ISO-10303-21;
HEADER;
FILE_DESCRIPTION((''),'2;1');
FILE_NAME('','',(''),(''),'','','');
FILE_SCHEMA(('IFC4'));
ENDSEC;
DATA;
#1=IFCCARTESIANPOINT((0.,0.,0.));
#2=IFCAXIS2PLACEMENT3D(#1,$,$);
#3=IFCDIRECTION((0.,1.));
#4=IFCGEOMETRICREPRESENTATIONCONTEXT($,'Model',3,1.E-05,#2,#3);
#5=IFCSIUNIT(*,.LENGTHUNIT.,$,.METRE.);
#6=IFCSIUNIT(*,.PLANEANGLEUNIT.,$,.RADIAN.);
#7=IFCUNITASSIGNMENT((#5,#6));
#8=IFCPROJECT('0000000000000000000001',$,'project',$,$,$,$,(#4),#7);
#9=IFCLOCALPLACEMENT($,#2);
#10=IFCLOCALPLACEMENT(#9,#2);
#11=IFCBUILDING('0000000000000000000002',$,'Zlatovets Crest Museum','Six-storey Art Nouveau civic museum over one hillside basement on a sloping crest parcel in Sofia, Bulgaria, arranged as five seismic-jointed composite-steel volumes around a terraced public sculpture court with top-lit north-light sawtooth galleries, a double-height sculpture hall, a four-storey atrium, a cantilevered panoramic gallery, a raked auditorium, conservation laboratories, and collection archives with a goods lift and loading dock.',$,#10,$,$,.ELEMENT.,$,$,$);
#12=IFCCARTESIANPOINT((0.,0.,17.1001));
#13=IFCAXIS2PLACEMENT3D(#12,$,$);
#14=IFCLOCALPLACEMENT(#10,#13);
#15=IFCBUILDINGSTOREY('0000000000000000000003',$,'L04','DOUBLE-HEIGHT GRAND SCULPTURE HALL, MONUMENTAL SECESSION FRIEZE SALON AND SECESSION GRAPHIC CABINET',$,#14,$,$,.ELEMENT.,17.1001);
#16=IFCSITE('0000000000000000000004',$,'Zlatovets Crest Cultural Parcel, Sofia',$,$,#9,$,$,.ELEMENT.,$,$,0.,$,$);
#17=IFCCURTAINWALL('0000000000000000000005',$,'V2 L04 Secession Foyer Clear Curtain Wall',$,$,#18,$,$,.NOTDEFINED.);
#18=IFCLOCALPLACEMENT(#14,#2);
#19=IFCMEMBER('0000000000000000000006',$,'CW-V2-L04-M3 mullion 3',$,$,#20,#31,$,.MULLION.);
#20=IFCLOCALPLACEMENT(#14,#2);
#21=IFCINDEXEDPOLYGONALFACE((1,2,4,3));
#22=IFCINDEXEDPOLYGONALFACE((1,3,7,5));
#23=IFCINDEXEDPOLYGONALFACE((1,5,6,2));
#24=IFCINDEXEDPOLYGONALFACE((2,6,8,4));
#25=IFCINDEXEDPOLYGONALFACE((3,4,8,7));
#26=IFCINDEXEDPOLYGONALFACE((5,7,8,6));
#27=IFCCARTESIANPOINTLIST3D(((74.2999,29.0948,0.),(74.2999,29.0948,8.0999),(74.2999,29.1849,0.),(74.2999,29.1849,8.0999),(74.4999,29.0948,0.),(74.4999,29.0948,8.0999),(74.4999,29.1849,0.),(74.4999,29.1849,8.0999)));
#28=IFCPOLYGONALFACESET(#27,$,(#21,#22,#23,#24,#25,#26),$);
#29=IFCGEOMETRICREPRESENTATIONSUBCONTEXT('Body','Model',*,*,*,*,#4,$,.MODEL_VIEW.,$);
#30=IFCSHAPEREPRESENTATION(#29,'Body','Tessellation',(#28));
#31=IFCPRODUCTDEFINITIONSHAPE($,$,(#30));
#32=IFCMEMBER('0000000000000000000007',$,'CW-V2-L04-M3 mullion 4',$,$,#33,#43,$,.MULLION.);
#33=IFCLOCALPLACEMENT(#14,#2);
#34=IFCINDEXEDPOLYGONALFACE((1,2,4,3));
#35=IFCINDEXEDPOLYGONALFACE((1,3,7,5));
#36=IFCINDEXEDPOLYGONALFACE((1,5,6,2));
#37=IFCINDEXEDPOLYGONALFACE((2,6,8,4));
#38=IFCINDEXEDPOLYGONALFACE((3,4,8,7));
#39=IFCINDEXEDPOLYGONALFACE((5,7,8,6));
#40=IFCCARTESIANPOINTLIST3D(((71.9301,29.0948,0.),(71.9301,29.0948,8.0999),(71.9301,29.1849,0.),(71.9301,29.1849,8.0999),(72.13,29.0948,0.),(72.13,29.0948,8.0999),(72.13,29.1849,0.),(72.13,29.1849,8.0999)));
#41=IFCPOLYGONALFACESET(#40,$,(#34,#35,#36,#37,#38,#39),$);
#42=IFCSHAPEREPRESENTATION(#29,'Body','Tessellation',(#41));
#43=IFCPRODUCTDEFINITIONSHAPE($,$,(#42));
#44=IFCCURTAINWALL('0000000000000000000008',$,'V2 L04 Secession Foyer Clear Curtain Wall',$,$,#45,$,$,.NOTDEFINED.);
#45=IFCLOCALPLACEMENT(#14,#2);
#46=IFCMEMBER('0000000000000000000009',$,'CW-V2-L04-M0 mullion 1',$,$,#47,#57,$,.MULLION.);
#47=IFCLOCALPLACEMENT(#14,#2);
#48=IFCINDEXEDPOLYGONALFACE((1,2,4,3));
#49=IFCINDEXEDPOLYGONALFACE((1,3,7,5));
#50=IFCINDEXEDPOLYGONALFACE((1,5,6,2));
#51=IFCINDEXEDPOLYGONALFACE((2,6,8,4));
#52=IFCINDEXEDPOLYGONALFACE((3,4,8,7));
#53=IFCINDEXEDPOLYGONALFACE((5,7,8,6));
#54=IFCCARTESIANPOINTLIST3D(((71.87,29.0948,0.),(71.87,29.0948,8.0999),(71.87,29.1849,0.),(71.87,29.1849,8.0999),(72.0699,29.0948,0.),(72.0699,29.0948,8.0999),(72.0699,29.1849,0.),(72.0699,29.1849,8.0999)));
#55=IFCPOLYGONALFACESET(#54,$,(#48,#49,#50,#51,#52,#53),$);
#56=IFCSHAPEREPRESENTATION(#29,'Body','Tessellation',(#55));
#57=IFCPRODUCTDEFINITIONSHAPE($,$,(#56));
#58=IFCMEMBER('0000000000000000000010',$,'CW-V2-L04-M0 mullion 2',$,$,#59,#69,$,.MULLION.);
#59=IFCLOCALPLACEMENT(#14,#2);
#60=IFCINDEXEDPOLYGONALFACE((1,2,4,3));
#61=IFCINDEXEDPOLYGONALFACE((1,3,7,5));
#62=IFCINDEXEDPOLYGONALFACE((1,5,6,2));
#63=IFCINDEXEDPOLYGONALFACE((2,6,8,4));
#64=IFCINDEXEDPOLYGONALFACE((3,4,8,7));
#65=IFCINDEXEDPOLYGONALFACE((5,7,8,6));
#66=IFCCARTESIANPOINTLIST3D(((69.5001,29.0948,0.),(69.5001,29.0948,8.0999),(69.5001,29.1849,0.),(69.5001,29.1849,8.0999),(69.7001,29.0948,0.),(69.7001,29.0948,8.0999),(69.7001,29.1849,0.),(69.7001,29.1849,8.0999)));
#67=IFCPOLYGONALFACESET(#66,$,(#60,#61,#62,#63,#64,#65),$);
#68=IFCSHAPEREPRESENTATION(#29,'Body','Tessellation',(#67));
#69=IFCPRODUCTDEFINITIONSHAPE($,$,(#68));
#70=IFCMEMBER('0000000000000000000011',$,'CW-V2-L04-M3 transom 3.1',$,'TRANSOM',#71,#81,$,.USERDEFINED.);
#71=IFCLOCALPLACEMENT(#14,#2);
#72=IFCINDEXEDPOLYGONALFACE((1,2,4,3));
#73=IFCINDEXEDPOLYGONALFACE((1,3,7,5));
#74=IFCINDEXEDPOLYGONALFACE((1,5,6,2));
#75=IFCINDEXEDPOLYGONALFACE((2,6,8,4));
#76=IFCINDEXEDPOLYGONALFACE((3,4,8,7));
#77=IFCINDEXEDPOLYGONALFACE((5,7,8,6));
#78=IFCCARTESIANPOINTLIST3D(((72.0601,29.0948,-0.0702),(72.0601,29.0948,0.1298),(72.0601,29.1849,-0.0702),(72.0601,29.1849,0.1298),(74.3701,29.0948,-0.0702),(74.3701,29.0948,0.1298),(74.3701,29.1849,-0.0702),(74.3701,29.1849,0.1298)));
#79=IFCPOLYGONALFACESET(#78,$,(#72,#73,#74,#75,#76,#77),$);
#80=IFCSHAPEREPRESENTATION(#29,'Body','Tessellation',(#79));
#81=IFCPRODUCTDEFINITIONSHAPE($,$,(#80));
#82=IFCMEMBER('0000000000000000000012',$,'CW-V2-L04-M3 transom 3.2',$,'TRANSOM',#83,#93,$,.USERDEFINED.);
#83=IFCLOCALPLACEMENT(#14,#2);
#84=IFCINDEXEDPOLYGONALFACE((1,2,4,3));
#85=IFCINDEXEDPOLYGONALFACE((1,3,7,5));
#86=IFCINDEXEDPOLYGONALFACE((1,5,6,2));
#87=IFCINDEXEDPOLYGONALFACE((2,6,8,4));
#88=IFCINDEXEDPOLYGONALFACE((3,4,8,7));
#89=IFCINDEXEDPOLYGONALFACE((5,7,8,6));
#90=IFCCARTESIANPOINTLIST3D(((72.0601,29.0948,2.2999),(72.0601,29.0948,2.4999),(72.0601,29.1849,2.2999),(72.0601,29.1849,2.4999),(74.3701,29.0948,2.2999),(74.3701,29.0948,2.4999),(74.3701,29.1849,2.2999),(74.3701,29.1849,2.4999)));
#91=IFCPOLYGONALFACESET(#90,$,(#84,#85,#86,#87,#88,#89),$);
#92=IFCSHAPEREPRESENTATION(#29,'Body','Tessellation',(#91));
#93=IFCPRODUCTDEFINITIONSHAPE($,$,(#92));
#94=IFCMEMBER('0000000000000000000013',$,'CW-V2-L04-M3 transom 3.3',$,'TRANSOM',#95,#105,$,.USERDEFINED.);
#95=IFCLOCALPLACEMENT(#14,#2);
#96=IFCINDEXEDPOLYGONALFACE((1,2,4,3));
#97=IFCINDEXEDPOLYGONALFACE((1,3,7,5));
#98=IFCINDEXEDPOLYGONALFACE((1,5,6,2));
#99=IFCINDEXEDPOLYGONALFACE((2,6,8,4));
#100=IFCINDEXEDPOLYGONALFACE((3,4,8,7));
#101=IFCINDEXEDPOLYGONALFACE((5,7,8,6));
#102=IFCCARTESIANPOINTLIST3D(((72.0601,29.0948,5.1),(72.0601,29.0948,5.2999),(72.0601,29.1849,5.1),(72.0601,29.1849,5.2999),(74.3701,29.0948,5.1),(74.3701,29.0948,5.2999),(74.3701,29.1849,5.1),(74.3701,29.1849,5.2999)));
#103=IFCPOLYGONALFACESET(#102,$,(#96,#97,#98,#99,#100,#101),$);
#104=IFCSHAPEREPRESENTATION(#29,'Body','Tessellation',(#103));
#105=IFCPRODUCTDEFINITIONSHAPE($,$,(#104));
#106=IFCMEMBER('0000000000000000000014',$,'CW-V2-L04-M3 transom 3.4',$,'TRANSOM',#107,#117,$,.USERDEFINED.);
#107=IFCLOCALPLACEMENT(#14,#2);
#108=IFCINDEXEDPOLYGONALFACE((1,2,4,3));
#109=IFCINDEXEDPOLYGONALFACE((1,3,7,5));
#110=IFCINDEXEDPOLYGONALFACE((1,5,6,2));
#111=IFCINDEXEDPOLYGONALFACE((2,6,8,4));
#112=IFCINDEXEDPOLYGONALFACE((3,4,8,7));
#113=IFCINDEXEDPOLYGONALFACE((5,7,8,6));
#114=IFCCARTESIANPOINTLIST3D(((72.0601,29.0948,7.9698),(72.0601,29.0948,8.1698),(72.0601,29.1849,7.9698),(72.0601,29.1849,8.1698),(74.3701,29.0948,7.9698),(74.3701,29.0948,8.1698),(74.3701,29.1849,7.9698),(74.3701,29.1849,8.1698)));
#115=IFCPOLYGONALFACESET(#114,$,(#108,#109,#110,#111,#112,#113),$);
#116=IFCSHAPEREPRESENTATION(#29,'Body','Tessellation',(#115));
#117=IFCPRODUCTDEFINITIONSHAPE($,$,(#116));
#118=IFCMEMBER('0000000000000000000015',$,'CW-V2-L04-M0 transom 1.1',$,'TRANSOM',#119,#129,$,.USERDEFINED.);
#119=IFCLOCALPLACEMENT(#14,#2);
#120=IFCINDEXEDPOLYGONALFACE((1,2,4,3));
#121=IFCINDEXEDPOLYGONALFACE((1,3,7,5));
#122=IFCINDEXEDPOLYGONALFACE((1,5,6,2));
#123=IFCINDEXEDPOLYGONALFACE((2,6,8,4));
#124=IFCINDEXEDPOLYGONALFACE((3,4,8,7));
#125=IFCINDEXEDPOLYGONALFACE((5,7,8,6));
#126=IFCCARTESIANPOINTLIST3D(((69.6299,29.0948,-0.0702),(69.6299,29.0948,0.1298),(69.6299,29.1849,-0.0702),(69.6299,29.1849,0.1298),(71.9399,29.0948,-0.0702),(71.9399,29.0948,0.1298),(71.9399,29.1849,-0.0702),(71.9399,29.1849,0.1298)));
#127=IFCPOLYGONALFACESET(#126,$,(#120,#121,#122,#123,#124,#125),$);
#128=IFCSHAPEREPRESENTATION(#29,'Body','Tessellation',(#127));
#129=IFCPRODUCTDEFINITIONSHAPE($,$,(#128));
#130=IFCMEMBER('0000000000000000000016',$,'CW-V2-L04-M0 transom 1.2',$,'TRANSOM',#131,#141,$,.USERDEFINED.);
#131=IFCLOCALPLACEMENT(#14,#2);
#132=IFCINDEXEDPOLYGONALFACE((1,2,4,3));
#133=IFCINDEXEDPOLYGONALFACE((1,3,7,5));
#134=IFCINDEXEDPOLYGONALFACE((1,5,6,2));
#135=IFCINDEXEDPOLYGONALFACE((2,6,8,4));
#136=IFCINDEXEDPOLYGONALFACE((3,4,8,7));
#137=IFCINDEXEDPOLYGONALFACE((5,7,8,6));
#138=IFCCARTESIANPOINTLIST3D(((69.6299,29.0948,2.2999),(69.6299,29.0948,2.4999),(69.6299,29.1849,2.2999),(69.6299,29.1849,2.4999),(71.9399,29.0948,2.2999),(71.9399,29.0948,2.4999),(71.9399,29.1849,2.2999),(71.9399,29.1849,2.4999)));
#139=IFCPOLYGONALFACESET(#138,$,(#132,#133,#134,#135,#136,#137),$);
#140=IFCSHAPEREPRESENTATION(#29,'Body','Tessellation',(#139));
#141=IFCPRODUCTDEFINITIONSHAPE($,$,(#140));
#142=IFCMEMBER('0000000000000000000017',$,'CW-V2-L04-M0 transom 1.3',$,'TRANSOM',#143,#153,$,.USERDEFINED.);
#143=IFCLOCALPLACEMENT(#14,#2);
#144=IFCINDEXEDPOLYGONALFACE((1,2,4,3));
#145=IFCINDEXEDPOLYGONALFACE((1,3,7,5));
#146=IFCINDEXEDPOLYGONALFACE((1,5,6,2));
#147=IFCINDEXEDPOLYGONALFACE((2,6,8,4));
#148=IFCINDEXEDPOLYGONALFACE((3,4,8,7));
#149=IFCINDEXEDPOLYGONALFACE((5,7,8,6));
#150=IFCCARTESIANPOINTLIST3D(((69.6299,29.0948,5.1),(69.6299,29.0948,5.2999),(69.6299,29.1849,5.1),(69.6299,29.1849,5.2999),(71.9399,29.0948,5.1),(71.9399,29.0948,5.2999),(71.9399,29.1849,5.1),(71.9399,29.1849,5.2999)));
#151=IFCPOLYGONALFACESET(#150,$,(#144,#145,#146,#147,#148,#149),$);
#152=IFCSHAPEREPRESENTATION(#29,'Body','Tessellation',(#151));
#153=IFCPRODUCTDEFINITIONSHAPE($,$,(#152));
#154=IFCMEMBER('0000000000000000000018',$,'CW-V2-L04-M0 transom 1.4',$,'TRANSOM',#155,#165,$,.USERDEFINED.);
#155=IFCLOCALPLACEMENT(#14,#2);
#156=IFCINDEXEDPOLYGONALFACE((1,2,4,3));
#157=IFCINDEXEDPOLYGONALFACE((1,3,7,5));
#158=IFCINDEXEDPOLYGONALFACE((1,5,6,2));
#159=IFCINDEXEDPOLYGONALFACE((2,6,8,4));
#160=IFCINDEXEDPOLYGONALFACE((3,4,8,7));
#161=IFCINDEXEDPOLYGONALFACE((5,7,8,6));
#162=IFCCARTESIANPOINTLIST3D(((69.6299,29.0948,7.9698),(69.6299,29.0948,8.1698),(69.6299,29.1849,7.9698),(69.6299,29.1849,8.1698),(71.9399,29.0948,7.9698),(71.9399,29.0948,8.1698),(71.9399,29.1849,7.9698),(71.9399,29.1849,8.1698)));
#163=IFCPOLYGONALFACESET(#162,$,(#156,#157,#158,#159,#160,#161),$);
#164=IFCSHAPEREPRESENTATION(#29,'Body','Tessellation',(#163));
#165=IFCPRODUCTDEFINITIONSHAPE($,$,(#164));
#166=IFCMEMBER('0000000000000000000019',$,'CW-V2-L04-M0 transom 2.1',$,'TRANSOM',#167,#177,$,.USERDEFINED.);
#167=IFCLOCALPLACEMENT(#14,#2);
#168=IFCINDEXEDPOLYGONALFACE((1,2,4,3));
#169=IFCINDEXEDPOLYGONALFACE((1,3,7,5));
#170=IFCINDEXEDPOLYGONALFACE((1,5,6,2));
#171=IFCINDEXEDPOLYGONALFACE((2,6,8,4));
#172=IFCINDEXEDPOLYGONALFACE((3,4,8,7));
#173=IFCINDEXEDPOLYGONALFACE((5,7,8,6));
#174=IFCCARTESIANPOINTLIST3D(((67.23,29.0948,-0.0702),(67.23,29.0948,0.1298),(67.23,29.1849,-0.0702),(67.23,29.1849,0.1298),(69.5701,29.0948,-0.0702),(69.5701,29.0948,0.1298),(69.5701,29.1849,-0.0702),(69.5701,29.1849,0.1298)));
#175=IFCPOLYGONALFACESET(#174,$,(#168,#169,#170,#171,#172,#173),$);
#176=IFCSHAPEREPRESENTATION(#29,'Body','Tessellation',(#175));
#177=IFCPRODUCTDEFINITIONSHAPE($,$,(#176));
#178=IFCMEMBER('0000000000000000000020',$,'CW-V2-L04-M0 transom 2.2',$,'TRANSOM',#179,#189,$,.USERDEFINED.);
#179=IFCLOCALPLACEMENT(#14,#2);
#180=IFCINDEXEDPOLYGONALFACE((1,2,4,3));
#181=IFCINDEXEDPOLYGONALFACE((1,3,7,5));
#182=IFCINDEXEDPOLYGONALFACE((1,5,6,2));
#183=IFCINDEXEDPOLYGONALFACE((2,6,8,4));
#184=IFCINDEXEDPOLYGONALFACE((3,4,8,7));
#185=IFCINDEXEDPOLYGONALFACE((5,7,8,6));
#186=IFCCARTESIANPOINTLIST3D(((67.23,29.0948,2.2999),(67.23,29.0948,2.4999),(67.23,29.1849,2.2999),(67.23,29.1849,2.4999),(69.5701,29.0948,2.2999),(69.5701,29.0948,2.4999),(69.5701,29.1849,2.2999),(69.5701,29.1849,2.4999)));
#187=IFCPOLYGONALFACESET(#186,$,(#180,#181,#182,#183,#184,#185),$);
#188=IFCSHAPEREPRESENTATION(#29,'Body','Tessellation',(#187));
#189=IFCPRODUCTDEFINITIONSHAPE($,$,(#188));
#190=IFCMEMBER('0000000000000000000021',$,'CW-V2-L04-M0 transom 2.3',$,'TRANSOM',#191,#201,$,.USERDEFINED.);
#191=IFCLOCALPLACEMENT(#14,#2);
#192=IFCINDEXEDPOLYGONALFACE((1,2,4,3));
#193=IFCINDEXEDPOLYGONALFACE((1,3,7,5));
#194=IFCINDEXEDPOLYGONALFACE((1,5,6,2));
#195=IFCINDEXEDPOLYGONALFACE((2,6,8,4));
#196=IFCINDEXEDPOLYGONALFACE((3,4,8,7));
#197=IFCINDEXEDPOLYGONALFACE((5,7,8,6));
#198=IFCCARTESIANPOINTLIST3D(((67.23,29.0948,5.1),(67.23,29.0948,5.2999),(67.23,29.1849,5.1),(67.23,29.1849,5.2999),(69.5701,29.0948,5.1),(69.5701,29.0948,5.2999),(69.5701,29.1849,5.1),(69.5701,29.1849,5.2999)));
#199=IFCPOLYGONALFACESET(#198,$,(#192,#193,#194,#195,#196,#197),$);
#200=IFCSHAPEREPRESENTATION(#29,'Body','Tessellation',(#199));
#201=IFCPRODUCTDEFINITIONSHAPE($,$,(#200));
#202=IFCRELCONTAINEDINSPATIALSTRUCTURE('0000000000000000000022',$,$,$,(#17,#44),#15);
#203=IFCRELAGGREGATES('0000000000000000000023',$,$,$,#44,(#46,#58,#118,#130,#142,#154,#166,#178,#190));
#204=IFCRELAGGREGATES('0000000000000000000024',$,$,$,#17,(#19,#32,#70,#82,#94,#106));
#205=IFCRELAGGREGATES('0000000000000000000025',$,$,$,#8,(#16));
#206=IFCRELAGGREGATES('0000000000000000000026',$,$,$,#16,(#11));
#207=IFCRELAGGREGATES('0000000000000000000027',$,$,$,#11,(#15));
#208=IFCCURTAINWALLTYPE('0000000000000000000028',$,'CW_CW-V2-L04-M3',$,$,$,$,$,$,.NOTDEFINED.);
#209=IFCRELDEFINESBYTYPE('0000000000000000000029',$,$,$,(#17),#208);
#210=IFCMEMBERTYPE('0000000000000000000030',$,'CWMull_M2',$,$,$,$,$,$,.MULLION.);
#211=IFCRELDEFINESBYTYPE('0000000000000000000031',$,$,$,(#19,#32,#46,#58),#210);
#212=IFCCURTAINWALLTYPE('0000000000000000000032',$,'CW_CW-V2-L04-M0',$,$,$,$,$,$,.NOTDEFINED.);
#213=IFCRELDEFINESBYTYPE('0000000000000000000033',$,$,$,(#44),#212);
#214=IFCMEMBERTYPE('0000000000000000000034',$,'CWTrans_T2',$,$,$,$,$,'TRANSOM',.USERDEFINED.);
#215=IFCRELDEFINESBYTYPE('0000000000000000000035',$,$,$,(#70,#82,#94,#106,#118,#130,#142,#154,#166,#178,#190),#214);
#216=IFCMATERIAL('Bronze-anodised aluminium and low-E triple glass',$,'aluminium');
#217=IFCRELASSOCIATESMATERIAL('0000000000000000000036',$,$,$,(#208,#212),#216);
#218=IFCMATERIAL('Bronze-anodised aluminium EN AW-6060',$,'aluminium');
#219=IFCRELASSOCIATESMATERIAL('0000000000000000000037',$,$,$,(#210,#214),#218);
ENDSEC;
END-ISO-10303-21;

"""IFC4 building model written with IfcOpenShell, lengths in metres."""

from ifc_helpers import new_model, si_unit, direction, frame, origin, origin_2d, place, context, subcontext, project, spatial, rectangle, extrude, material, material_profile, profile_set, type_object, element, aggregate, save


model = new_model("IFC4")

# Units and contexts
model_context = context("Model", 3, precision=1e-05, world=origin(), true_north=direction((0.0, 1.0)))
body_context = subcontext(model_context, "Body", "Model", "MODEL_VIEW")
ifc_project = project(units=[si_unit("LENGTHUNIT", "METRE"), si_unit("PLANEANGLEUNIT", "RADIAN")], contexts=[model_context])

# Site, building, storey
site_placement = place(None, origin())
site = spatial("IfcSite", under=ifc_project, at=site_placement, Name="Zlatovets Crest Cultural Parcel, Sofia", CompositionType="ELEMENT", RefElevation=0.0)
building_placement = place(site_placement, origin())
building = spatial("IfcBuilding", under=site, at=building_placement, Name="Zlatovets Crest Museum", Description="Six-storey Art Nouveau civic museum over one hillside basement on a sloping crest parcel in Sofia, Bulgaria, arranged as five seismic-jointed composite-steel volumes around a terraced public sculpture court with top-lit north-light sawtooth galleries, a double-height sculpture hall, a four-storey atrium, a cantilevered panoramic gallery, a raked auditorium, conservation laboratories, and collection archives with a goods lift and loading dock.", CompositionType="ELEMENT")
storey_placement = place(building_placement, frame((0.0, 0.0, 17.1001)))
storey = spatial("IfcBuildingStorey", under=building, at=storey_placement, Name="L04", Description="DOUBLE-HEIGHT GRAND SCULPTURE HALL, MONUMENTAL SECESSION FRIEZE SALON AND SECESSION GRAPHIC CABINET", CompositionType="ELEMENT", Elevation=17.1001)

# Curtain walls, members
ifc_material_1 = material(Name="Bronze-anodised aluminium and low-E triple glass", Category="aluminium")
curtain_wall_type_1 = type_object("IfcCurtainWallType", Name="CW_CW-V2-L04-M3", PredefinedType="NOTDEFINED", material=ifc_material_1)
curtain_wall_1_placement = place(storey_placement, origin())
curtain_wall_1 = element("IfcCurtainWall", 1, at=curtain_wall_1_placement, inside=storey, type_object=curtain_wall_type_1, Name="V2 L04 Secession Foyer Clear Curtain Wall", PredefinedType="NOTDEFINED")
ifc_material_2 = material(Name="Bronze-anodised aluminium EN AW-6060", Category="aluminium")
ifc_material_profile_1 = material_profile(ifc_material_2, rectangle(XDim=0.0901, YDim=0.2, at=origin_2d()), Name="ALU 90x200")
ifc_profile_set_1 = profile_set([ifc_material_profile_1], Name="Bronze-anodised aluminium EN AW-6060")
member_type_1 = type_object("IfcMemberType", Name="CWMull_M2", PredefinedType="MULLION", material=ifc_profile_set_1)
member_1_placement = place(storey_placement, frame((74.3999, 29.1399, 0.0), z_axis=(0.0, 0.0, 1.0), x_axis=(0.0, -1.0, 0.0)))
member_1 = element("IfcMember", 2, at=member_1_placement, type_object=member_type_1, Name="CW-V2-L04-M3 mullion 3", PredefinedType="MULLION", context=body_context, shape_type="SweptSolid", body=[
    extrude(rectangle(XDim=0.0901, YDim=0.2, at=origin_2d()), origin(), (0.0, 0.0, 1.0), 8.0999),
])
member_2_placement = place(storey_placement, frame((72.03, 29.1399, 0.0), z_axis=(0.0, 0.0, 1.0), x_axis=(0.0, -1.0, 0.0)))
member_2 = element("IfcMember", 3, at=member_2_placement, type_object=member_type_1, Name="CW-V2-L04-M3 mullion 4", PredefinedType="MULLION", context=body_context, shape_type="SweptSolid", body=[
    extrude(rectangle(XDim=0.0901, YDim=0.2, at=origin_2d()), origin(), (0.0, 0.0, 1.0), 8.0999),
])
curtain_wall_type_2 = type_object("IfcCurtainWallType", Name="CW_CW-V2-L04-M0", PredefinedType="NOTDEFINED", material=ifc_material_1)
curtain_wall_2_placement = place(storey_placement, origin())
curtain_wall_2 = element("IfcCurtainWall", 4, at=curtain_wall_2_placement, inside=storey, type_object=curtain_wall_type_2, Name="V2 L04 Secession Foyer Clear Curtain Wall", PredefinedType="NOTDEFINED")
member_3_placement = place(storey_placement, frame((71.97, 29.1399, 0.0), z_axis=(0.0, 0.0, 1.0), x_axis=(0.0, -1.0, 0.0)))
member_3 = element("IfcMember", 5, at=member_3_placement, type_object=member_type_1, Name="CW-V2-L04-M0 mullion 1", PredefinedType="MULLION", context=body_context, shape_type="SweptSolid", body=[
    extrude(rectangle(XDim=0.0901, YDim=0.2, at=origin_2d()), origin(), (0.0, 0.0, 1.0), 8.0999),
])
member_4_placement = place(storey_placement, frame((69.6001, 29.1399, 0.0), z_axis=(0.0, 0.0, 1.0), x_axis=(0.0, -1.0, 0.0)))
member_4 = element("IfcMember", 6, at=member_4_placement, type_object=member_type_1, Name="CW-V2-L04-M0 mullion 2", PredefinedType="MULLION", context=body_context, shape_type="SweptSolid", body=[
    extrude(rectangle(XDim=0.0901, YDim=0.2, at=origin_2d()), origin(), (0.0, 0.0, 1.0), 8.0999),
])

# Members
ifc_material_profile_2 = material_profile(ifc_material_2, rectangle(XDim=0.0901, YDim=0.2, at=origin_2d()), Name="ALU 90x200")
ifc_profile_set_2 = profile_set([ifc_material_profile_2], Name="Bronze-anodised aluminium EN AW-6060")
member_type_2 = type_object("IfcMemberType", Name="CWTrans_T2", ElementType="TRANSOM", PredefinedType="USERDEFINED", material=ifc_profile_set_2)
member_5_placement = place(storey_placement, frame((74.3701, 29.1399, 0.0298), z_axis=(-1.0, 0.0, 0.0), x_axis=(0.0, -1.0, 0.0)))
member_5 = element("IfcMember", 7, at=member_5_placement, type_object=member_type_2, Name="CW-V2-L04-M3 transom 3.1", ObjectType="TRANSOM", PredefinedType="USERDEFINED", context=body_context, shape_type="SweptSolid", body=[
    extrude(rectangle(XDim=0.0901, YDim=0.2, at=origin_2d()), origin(), (0.0, 0.0, 1.0), 2.3101),
])
member_6_placement = place(storey_placement, frame((74.3701, 29.1399, 2.3999), z_axis=(-1.0, 0.0, 0.0), x_axis=(0.0, -1.0, 0.0)))
member_6 = element("IfcMember", 8, at=member_6_placement, type_object=member_type_2, Name="CW-V2-L04-M3 transom 3.2", ObjectType="TRANSOM", PredefinedType="USERDEFINED", context=body_context, shape_type="SweptSolid", body=[
    extrude(rectangle(XDim=0.0901, YDim=0.2, at=origin_2d()), origin(), (0.0, 0.0, 1.0), 2.3101),
])
member_7_placement = place(storey_placement, frame((74.3701, 29.1399, 5.2), z_axis=(-1.0, 0.0, 0.0), x_axis=(0.0, -1.0, 0.0)))
member_7 = element("IfcMember", 9, at=member_7_placement, type_object=member_type_2, Name="CW-V2-L04-M3 transom 3.3", ObjectType="TRANSOM", PredefinedType="USERDEFINED", context=body_context, shape_type="SweptSolid", body=[
    extrude(rectangle(XDim=0.0901, YDim=0.2, at=origin_2d()), origin(), (0.0, 0.0, 1.0), 2.3101),
])
member_8_placement = place(storey_placement, frame((74.3701, 29.1399, 8.0698), z_axis=(-1.0, 0.0, 0.0), x_axis=(0.0, -1.0, 0.0)))
member_8 = element("IfcMember", 10, at=member_8_placement, type_object=member_type_2, Name="CW-V2-L04-M3 transom 3.4", ObjectType="TRANSOM", PredefinedType="USERDEFINED", context=body_context, shape_type="SweptSolid", body=[
    extrude(rectangle(XDim=0.0901, YDim=0.2, at=origin_2d()), origin(), (0.0, 0.0, 1.0), 2.3101),
])
member_9_placement = place(storey_placement, frame((71.9399, 29.1399, 0.0298), z_axis=(-1.0, 0.0, 0.0), x_axis=(0.0, -1.0, 0.0)))
member_9 = element("IfcMember", 11, at=member_9_placement, type_object=member_type_2, Name="CW-V2-L04-M0 transom 1.1", ObjectType="TRANSOM", PredefinedType="USERDEFINED", context=body_context, shape_type="SweptSolid", body=[
    extrude(rectangle(XDim=0.0901, YDim=0.2, at=origin_2d()), origin(), (0.0, 0.0, 1.0), 2.3101),
])
member_10_placement = place(storey_placement, frame((71.9399, 29.1399, 2.3999), z_axis=(-1.0, 0.0, 0.0), x_axis=(0.0, -1.0, 0.0)))
member_10 = element("IfcMember", 12, at=member_10_placement, type_object=member_type_2, Name="CW-V2-L04-M0 transom 1.2", ObjectType="TRANSOM", PredefinedType="USERDEFINED", context=body_context, shape_type="SweptSolid", body=[
    extrude(rectangle(XDim=0.0901, YDim=0.2, at=origin_2d()), origin(), (0.0, 0.0, 1.0), 2.3101),
])
member_11_placement = place(storey_placement, frame((71.9399, 29.1399, 5.2), z_axis=(-1.0, 0.0, 0.0), x_axis=(0.0, -1.0, 0.0)))
member_11 = element("IfcMember", 13, at=member_11_placement, type_object=member_type_2, Name="CW-V2-L04-M0 transom 1.3", ObjectType="TRANSOM", PredefinedType="USERDEFINED", context=body_context, shape_type="SweptSolid", body=[
    extrude(rectangle(XDim=0.0901, YDim=0.2, at=origin_2d()), origin(), (0.0, 0.0, 1.0), 2.3101),
])
member_12_placement = place(storey_placement, frame((71.9399, 29.1399, 8.0698), z_axis=(-1.0, 0.0, 0.0), x_axis=(0.0, -1.0, 0.0)))
member_12 = element("IfcMember", 14, at=member_12_placement, type_object=member_type_2, Name="CW-V2-L04-M0 transom 1.4", ObjectType="TRANSOM", PredefinedType="USERDEFINED", context=body_context, shape_type="SweptSolid", body=[
    extrude(rectangle(XDim=0.0901, YDim=0.2, at=origin_2d()), origin(), (0.0, 0.0, 1.0), 2.3101),
])
member_13_placement = place(storey_placement, frame((69.5701, 29.1399, 0.0298), z_axis=(-1.0, 0.0, 0.0), x_axis=(0.0, -1.0, 0.0)))
member_13 = element("IfcMember", 15, at=member_13_placement, type_object=member_type_2, Name="CW-V2-L04-M0 transom 2.1", ObjectType="TRANSOM", PredefinedType="USERDEFINED", context=body_context, shape_type="SweptSolid", body=[
    extrude(rectangle(XDim=0.0901, YDim=0.2, at=origin_2d()), origin(), (0.0, 0.0, 1.0), 2.3401),
])
member_14_placement = place(storey_placement, frame((69.5701, 29.1399, 2.3999), z_axis=(-1.0, 0.0, 0.0), x_axis=(0.0, -1.0, 0.0)))
member_14 = element("IfcMember", 16, at=member_14_placement, type_object=member_type_2, Name="CW-V2-L04-M0 transom 2.2", ObjectType="TRANSOM", PredefinedType="USERDEFINED", context=body_context, shape_type="SweptSolid", body=[
    extrude(rectangle(XDim=0.0901, YDim=0.2, at=origin_2d()), origin(), (0.0, 0.0, 1.0), 2.3401),
])
member_15_placement = place(storey_placement, frame((69.5701, 29.1399, 5.2), z_axis=(-1.0, 0.0, 0.0), x_axis=(0.0, -1.0, 0.0)))
member_15 = element("IfcMember", 17, at=member_15_placement, type_object=member_type_2, Name="CW-V2-L04-M0 transom 2.3", ObjectType="TRANSOM", PredefinedType="USERDEFINED", context=body_context, shape_type="SweptSolid", body=[
    extrude(rectangle(XDim=0.0901, YDim=0.2, at=origin_2d()), origin(), (0.0, 0.0, 1.0), 2.3401),
])

aggregate(curtain_wall_2, [member_3, member_4, member_9, member_10, member_11, member_12, member_13, member_14, member_15])
aggregate(curtain_wall_1, [member_1, member_2, member_5, member_6, member_7, member_8])

save(model, "model.ifc")
